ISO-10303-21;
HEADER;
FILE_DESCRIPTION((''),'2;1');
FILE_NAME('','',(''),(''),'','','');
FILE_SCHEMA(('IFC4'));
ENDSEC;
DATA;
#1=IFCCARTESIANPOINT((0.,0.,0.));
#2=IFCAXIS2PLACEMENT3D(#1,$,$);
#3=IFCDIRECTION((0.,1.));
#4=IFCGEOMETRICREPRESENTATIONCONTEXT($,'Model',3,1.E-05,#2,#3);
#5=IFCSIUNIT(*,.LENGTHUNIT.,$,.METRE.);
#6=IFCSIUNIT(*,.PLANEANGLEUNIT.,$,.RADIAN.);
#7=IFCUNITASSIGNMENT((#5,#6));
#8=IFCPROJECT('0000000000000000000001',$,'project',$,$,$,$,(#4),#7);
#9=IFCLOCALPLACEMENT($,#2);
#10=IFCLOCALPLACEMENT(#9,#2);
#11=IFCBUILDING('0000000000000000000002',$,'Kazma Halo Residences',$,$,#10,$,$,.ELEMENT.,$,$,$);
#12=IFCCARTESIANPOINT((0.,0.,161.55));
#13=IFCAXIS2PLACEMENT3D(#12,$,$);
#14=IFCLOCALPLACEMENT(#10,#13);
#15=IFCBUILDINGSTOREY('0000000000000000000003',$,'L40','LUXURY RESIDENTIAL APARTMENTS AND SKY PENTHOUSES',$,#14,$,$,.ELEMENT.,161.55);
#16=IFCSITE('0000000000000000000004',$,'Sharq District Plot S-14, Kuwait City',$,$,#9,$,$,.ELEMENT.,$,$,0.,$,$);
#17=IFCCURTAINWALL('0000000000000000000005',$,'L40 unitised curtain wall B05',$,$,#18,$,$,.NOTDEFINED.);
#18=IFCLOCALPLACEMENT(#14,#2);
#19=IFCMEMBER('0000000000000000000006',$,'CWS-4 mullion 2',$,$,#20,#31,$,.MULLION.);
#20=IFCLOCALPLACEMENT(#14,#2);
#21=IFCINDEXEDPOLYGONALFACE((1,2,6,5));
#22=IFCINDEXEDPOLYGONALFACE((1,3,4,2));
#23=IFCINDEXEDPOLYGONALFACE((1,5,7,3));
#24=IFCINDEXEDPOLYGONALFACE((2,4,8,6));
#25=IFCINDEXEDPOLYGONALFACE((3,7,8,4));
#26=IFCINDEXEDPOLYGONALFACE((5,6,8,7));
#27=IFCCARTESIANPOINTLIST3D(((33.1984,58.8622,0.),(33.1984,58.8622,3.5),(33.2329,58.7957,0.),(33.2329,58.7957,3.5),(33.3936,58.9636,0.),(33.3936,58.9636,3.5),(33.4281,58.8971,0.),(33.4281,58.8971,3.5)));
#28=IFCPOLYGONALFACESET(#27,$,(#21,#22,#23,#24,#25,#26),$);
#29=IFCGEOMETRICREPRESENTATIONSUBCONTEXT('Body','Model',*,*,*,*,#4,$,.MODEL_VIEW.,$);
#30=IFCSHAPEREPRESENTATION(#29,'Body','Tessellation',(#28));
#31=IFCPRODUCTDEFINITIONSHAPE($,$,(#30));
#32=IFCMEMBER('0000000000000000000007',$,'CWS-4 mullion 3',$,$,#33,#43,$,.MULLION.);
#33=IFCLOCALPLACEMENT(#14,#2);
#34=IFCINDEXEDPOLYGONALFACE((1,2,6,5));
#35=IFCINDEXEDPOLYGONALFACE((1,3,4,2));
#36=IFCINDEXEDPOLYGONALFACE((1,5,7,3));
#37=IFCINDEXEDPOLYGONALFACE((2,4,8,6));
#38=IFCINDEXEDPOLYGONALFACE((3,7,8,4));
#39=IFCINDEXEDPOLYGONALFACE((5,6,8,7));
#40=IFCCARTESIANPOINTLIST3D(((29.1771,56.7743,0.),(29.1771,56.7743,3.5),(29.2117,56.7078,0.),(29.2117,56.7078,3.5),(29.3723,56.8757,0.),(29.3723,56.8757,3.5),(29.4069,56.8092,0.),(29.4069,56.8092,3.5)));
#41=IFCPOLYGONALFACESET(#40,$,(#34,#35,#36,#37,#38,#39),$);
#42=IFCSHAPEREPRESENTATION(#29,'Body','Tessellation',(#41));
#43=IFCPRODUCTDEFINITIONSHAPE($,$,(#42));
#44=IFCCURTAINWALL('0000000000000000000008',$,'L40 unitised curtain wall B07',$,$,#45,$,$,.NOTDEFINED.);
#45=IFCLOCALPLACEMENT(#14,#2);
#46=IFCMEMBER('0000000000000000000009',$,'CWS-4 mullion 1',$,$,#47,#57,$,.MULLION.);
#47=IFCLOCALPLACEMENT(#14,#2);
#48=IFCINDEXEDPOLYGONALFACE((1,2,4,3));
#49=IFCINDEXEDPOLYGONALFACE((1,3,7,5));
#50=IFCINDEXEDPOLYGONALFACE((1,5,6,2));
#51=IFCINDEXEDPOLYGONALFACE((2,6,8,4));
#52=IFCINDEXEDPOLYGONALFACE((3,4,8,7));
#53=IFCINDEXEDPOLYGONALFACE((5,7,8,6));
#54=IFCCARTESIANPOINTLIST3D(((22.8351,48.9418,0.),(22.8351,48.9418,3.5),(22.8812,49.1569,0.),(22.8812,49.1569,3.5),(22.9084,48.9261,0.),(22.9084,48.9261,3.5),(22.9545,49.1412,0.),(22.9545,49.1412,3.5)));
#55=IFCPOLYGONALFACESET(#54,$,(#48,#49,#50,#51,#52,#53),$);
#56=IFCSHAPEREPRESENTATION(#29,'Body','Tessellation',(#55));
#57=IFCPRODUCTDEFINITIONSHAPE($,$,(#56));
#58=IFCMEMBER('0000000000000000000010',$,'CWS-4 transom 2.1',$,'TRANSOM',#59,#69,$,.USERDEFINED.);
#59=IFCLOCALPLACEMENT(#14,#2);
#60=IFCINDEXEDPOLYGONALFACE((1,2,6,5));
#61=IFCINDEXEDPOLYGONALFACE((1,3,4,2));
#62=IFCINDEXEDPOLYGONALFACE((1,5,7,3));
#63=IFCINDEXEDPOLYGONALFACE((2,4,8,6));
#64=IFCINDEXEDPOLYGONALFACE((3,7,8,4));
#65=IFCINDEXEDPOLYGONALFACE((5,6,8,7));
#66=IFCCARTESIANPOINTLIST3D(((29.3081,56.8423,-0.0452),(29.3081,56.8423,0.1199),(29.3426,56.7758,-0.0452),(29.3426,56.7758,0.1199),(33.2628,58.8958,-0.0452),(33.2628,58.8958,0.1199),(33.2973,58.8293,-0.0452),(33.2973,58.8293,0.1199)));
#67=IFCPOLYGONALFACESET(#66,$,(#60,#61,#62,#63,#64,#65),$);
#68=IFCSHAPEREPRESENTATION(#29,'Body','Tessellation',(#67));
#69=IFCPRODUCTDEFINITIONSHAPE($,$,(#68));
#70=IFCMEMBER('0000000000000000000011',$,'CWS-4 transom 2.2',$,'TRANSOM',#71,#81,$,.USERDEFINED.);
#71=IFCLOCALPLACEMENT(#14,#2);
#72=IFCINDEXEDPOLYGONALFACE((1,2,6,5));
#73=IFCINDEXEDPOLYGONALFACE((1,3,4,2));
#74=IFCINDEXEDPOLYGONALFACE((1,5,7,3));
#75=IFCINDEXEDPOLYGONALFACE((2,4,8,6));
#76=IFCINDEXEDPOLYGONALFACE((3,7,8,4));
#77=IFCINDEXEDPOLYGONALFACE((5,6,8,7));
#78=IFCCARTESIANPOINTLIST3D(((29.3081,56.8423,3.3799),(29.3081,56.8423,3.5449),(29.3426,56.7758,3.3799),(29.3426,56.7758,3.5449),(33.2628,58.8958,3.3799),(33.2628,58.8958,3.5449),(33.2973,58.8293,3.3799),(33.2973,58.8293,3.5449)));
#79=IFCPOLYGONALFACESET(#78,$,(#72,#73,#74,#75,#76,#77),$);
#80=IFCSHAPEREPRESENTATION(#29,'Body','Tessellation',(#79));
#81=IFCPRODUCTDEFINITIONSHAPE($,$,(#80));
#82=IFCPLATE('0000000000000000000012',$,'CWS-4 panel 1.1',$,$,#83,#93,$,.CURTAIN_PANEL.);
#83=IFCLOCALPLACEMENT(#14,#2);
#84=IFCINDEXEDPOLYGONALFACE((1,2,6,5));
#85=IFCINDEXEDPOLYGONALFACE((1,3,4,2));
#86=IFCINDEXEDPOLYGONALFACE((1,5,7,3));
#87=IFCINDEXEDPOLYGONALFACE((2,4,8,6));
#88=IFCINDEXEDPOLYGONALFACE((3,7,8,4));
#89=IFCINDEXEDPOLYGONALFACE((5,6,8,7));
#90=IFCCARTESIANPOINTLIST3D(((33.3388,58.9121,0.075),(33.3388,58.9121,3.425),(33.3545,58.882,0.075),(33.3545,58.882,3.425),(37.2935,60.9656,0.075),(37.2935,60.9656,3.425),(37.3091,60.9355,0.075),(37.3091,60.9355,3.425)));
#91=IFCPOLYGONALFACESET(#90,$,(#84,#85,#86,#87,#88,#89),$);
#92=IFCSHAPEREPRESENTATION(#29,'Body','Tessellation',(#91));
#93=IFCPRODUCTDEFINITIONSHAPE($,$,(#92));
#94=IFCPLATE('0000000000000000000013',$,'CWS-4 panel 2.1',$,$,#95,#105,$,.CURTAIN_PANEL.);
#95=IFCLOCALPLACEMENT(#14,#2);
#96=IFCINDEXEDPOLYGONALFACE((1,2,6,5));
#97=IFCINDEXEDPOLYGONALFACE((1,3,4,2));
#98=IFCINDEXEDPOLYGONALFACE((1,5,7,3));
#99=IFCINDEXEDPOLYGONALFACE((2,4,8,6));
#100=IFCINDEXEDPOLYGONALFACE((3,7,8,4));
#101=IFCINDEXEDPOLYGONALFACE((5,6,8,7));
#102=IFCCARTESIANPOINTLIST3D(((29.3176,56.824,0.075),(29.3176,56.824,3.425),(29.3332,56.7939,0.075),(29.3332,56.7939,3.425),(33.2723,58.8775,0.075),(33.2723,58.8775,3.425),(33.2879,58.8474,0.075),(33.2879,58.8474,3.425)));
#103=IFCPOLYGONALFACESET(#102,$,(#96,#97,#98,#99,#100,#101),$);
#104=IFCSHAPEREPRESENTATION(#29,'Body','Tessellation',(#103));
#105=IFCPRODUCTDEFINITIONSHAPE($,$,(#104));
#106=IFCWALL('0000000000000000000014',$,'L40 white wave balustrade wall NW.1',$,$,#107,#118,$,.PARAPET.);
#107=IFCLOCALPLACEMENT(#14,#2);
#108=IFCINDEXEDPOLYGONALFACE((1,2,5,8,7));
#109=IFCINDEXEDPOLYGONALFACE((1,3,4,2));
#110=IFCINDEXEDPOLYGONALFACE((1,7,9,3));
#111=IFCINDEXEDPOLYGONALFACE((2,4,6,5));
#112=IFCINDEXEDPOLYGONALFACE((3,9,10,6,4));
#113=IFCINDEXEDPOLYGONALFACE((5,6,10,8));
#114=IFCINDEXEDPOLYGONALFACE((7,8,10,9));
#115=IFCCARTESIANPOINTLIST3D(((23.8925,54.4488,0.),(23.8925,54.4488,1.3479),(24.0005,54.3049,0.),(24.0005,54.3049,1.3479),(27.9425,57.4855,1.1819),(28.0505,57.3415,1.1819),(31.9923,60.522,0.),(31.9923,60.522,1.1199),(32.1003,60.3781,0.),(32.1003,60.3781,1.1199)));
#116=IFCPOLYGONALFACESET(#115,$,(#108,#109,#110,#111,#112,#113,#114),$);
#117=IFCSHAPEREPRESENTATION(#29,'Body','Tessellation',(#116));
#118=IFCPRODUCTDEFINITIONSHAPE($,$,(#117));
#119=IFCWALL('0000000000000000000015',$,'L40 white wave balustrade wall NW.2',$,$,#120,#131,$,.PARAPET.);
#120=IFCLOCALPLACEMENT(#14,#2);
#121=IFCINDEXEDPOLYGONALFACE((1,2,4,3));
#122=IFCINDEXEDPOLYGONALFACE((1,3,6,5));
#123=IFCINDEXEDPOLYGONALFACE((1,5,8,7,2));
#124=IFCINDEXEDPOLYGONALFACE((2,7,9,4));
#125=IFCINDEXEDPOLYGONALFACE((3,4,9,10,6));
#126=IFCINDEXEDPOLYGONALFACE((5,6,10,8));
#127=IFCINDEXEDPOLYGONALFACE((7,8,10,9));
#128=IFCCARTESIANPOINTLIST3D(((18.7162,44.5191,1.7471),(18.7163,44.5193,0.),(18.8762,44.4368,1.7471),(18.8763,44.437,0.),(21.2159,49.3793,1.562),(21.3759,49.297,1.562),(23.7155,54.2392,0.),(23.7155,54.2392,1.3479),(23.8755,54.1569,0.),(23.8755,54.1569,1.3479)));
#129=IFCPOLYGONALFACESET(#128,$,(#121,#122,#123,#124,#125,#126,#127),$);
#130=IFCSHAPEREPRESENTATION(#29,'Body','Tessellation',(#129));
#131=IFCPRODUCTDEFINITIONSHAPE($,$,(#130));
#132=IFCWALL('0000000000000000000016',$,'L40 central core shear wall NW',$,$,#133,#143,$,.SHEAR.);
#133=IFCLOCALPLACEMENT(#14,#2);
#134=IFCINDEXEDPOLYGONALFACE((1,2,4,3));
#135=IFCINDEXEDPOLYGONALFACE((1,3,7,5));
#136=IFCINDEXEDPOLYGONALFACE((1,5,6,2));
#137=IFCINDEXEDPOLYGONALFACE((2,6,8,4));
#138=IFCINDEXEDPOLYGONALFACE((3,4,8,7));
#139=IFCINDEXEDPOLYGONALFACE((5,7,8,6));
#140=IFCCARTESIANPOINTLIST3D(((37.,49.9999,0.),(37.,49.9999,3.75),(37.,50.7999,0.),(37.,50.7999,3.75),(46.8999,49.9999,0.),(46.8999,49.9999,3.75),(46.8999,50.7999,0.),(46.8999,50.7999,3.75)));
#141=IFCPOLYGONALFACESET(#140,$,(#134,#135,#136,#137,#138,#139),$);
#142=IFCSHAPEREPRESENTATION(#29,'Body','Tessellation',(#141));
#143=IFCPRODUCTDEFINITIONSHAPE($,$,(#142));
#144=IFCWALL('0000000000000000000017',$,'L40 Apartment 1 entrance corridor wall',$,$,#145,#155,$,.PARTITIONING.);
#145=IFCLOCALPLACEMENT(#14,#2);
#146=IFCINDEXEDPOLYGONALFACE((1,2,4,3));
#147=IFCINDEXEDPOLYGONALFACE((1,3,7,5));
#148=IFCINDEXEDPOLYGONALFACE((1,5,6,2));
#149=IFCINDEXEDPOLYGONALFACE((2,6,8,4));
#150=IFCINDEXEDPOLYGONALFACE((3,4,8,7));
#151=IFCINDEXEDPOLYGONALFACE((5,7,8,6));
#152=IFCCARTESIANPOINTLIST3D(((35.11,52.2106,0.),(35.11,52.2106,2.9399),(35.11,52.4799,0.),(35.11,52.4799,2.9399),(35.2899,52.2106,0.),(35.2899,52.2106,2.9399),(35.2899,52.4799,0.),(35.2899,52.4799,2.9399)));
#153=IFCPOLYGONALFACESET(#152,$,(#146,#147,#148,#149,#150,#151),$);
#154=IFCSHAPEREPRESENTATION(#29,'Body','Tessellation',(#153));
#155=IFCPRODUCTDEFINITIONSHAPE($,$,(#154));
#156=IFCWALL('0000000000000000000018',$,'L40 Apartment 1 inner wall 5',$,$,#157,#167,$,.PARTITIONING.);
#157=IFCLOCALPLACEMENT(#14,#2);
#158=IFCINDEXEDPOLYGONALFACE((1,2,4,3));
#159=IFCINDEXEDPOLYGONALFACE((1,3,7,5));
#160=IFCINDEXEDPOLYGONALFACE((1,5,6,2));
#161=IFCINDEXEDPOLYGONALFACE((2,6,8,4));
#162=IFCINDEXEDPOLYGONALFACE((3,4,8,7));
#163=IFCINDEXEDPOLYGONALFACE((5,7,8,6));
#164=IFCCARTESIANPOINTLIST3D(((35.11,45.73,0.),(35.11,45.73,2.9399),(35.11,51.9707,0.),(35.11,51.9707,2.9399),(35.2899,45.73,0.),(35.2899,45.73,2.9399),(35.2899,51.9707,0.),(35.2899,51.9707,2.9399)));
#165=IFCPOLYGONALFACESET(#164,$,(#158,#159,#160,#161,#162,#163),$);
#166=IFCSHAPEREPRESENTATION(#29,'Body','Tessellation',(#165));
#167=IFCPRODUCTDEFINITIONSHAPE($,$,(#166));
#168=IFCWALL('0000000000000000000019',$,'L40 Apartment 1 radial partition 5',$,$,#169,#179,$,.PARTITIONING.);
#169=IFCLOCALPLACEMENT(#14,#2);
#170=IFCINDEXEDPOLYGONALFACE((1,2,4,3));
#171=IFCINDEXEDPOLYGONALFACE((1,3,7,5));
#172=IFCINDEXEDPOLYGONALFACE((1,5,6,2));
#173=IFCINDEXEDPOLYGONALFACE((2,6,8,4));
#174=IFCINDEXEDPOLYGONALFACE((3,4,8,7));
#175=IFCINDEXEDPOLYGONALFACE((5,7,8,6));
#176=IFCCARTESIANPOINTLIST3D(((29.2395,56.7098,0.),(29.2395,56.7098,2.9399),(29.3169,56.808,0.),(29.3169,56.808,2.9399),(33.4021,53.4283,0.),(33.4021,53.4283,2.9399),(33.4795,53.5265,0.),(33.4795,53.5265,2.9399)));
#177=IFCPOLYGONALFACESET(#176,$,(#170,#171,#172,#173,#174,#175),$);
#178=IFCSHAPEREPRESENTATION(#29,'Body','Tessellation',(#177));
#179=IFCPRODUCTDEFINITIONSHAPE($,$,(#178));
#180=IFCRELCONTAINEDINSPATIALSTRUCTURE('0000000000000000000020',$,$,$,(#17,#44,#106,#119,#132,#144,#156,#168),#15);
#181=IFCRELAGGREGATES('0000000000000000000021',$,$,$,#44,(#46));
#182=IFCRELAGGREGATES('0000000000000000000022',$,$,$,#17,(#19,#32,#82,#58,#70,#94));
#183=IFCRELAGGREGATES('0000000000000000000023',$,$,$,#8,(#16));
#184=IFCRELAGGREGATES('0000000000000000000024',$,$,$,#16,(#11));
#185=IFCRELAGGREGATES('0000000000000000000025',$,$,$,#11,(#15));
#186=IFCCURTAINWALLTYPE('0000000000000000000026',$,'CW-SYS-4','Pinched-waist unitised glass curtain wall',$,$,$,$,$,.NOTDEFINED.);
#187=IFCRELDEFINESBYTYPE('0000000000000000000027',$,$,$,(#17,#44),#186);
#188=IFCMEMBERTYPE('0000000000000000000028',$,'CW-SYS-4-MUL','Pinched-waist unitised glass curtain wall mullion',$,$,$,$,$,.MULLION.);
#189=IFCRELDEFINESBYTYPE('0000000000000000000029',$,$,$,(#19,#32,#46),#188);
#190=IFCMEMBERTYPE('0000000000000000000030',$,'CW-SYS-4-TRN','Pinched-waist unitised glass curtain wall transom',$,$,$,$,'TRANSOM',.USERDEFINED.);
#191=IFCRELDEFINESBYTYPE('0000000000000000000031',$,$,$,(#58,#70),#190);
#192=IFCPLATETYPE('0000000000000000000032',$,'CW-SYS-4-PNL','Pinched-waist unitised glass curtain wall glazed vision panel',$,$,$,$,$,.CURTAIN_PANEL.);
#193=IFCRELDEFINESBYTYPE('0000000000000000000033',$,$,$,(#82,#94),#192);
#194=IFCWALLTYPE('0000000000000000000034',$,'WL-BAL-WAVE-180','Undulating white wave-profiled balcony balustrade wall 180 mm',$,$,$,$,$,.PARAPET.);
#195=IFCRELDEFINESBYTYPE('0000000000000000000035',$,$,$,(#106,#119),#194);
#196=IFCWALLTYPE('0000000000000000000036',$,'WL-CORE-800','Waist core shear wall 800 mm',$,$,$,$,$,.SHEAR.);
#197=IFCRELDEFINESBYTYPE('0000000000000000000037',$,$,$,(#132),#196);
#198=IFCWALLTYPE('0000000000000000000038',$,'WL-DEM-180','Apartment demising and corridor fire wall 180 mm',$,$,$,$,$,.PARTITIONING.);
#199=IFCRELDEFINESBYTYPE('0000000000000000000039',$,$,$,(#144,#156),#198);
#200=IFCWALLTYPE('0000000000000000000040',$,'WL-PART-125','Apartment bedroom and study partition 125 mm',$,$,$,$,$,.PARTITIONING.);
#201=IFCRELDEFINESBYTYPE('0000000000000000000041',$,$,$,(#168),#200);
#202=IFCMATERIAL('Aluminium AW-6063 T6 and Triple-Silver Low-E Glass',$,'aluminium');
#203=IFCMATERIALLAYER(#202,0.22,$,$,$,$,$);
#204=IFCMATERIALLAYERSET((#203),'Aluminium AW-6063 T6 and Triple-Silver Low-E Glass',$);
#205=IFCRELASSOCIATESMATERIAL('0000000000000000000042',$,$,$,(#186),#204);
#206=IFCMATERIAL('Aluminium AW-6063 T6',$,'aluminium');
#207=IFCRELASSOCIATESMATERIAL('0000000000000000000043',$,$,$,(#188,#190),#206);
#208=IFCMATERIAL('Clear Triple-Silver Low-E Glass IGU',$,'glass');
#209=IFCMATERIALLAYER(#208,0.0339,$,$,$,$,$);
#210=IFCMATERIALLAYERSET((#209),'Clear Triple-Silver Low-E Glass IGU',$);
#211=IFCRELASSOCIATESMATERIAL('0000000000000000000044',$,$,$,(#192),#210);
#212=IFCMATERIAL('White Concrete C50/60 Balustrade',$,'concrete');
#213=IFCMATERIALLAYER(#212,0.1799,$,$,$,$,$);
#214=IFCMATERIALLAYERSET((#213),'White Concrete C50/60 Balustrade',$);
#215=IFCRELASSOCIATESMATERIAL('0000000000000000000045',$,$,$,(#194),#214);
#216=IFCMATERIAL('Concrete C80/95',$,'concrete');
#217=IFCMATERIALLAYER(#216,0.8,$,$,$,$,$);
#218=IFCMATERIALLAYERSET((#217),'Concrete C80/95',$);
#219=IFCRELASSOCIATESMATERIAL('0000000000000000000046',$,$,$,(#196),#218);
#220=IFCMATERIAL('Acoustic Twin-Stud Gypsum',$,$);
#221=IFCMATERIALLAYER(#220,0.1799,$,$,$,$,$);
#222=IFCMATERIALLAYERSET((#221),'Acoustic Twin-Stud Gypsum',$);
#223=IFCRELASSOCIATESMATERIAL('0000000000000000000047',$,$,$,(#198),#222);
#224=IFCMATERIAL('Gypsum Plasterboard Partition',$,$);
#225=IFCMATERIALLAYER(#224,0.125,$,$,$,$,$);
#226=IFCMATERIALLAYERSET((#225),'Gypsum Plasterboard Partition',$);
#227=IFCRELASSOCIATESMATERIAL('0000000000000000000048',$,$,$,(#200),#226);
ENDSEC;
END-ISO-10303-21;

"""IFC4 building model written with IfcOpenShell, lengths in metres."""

from ifc_helpers import new_model, si_unit, direction, frame, frame_2d, origin, origin_2d, place, context, subcontext, project, spatial, polyline, rectangle, outline, extrude, material, layer, layer_set, material_profile, profile_set, type_object, element, aggregate, save


model = new_model("IFC4")

# Units and contexts
model_context = context("Model", 3, precision=1e-05, world=origin(), true_north=direction((0.0, 1.0)))
body_context = subcontext(model_context, "Body", "Model", "MODEL_VIEW")
ifc_project = project(units=[si_unit("LENGTHUNIT", "METRE"), si_unit("PLANEANGLEUNIT", "RADIAN")], contexts=[model_context])

# Site, building, storey
site_placement = place(None, origin())
site = spatial("IfcSite", under=ifc_project, at=site_placement, Name="Sharq District Plot S-14, Kuwait City", CompositionType="ELEMENT", RefElevation=0.0)
building_placement = place(site_placement, origin())
building = spatial("IfcBuilding", under=site, at=building_placement, Name="Kazma Halo Residences", CompositionType="ELEMENT")
storey_placement = place(building_placement, frame((0.0, 0.0, 161.55)))
storey = spatial("IfcBuildingStorey", under=building, at=storey_placement, Name="L40", Description="LUXURY RESIDENTIAL APARTMENTS AND SKY PENTHOUSES", CompositionType="ELEMENT", Elevation=161.55)

# Shared definitions
ifc_material_1 = material(Name="Concrete C80/95", Category="concrete")

# Curtain wall, members
ifc_material_2 = material(Name="Aluminium AW-6063 T6 and Triple-Silver Low-E Glass", Category="aluminium")
ifc_layer_1 = layer(ifc_material_2, 0.22)
ifc_layer_set_1 = layer_set([ifc_layer_1], Name="Aluminium AW-6063 T6 and Triple-Silver Low-E Glass")
curtain_wall_type = type_object("IfcCurtainWallType", Name="CW-SYS-4", Description="Pinched-waist unitised glass curtain wall", PredefinedType="NOTDEFINED", material=ifc_layer_set_1)
curtain_wall_1_placement = place(storey_placement, origin())
curtain_wall_1 = element("IfcCurtainWall", 1, at=curtain_wall_1_placement, inside=storey, type_object=curtain_wall_type, Name="L40 unitised curtain wall B05", PredefinedType="NOTDEFINED")
ifc_material_3 = material(Name="Aluminium AW-6063 T6", Category="aluminium")
ifc_material_profile_1 = material_profile(ifc_material_3, rectangle(XDim=0.075, YDim=0.22, at=origin_2d()), Name="CWM-75x220")
ifc_profile_set_1 = profile_set([ifc_material_profile_1], Name="Aluminium AW-6063 T6")
member_type_1 = type_object("IfcMemberType", Name="CW-SYS-4-MUL", Description="Pinched-waist unitised glass curtain wall mullion", PredefinedType="MULLION", material=ifc_profile_set_1)
member_1_placement = place(storey_placement, frame((33.3132, 58.8796, 0.0), z_axis=(0.0, 0.0, 1.0), x_axis=(0.460837, -0.887485, 0.0)))
member_1 = element("IfcMember", 2, at=member_1_placement, type_object=member_type_1, Name="CWS-4 mullion 2", PredefinedType="MULLION", context=body_context, shape_type="SweptSolid", body=[
    extrude(rectangle(XDim=0.075, YDim=0.22, at=origin_2d()), origin(), (0.0, 0.0, 1.0), 3.5),
])
member_2_placement = place(storey_placement, frame((29.292, 56.7917, 0.0), z_axis=(0.0, 0.0, 1.0), x_axis=(0.460837, -0.887485, 0.0)))
member_2 = element("IfcMember", 3, at=member_2_placement, type_object=member_type_1, Name="CWS-4 mullion 3", PredefinedType="MULLION", context=body_context, shape_type="SweptSolid", body=[
    extrude(rectangle(XDim=0.075, YDim=0.22, at=origin_2d()), origin(), (0.0, 0.0, 1.0), 3.5),
])

# Curtain wall, member
curtain_wall_2_placement = place(storey_placement, origin())
curtain_wall_2 = element("IfcCurtainWall", 4, at=curtain_wall_2_placement, inside=storey, type_object=curtain_wall_type, Name="L40 unitised curtain wall B07", PredefinedType="NOTDEFINED")
member_3_placement = place(storey_placement, frame((22.8948, 49.0415, 0.0), z_axis=(0.0, 0.0, 1.0), x_axis=(0.977765, -0.209704, 0.0)))
member_3 = element("IfcMember", 5, at=member_3_placement, type_object=member_type_1, Name="CWS-4 mullion 1", PredefinedType="MULLION", context=body_context, shape_type="SweptSolid", body=[
    extrude(rectangle(XDim=0.075, YDim=0.22, at=origin_2d()), origin(), (0.0, 0.0, 1.0), 3.5),
])
aggregate(curtain_wall_2, [member_3])

# Members
ifc_material_profile_2 = material_profile(ifc_material_3, rectangle(XDim=0.075, YDim=0.165, at=origin_2d()), Name="CWT-75x165")
ifc_profile_set_2 = profile_set([ifc_material_profile_2], Name="Aluminium AW-6063 T6")
member_type_2 = type_object("IfcMemberType", Name="CW-SYS-4-TRN", Description="Pinched-waist unitised glass curtain wall transom", ElementType="TRANSOM", PredefinedType="USERDEFINED", material=ifc_profile_set_2)
member_4_placement = place(storey_placement, frame((33.28, 58.8625, 0.0374), z_axis=(-0.887485, -0.460837, 0.0), x_axis=(0.460837, -0.887485, 0.0)))
member_4 = element("IfcMember", 6, at=member_4_placement, type_object=member_type_2, Name="CWS-4 transom 2.1", ObjectType="TRANSOM", PredefinedType="USERDEFINED", context=body_context, shape_type="SweptSolid", body=[
    extrude(rectangle(XDim=0.075, YDim=0.165, at=origin_2d()), origin(), (0.0, 0.0, 1.0), 4.4561),
])
member_5_placement = place(storey_placement, frame((33.28, 58.8625, 3.4624), z_axis=(-0.887485, -0.460837, 0.0), x_axis=(0.460837, -0.887485, 0.0)))
member_5 = element("IfcMember", 7, at=member_5_placement, type_object=member_type_2, Name="CWS-4 transom 2.2", ObjectType="TRANSOM", PredefinedType="USERDEFINED", context=body_context, shape_type="SweptSolid", body=[
    extrude(rectangle(XDim=0.075, YDim=0.165, at=origin_2d()), origin(), (0.0, 0.0, 1.0), 4.4561),
])

# Plates
ifc_material_4 = material(Name="Clear Triple-Silver Low-E Glass IGU", Category="glass")
ifc_layer_2 = layer(ifc_material_4, 0.0339)
ifc_layer_set_2 = layer_set([ifc_layer_2], Name="Clear Triple-Silver Low-E Glass IGU")
plate_type = type_object("IfcPlateType", Name="CW-SYS-4-PNL", Description="Pinched-waist unitised glass curtain wall glazed vision panel", PredefinedType="CURTAIN_PANEL", material=ifc_layer_set_2)
plate_1_placement = place(storey_placement, frame((35.324, 59.9238, 0.075), z_axis=(0.0, 0.0, 1.0), x_axis=(-0.887485, -0.460837, 0.0)))
plate_1 = element("IfcPlate", 8, at=plate_1_placement, type_object=plate_type, Name="CWS-4 panel 1.1", PredefinedType="CURTAIN_PANEL", context=body_context, shape_type="SweptSolid", body=[
    extrude(rectangle(XDim=4.4561, YDim=0.0339, at=origin_2d()), origin(), (0.0, 0.0, 1.0), 3.3501),
])
plate_2_placement = place(storey_placement, frame((31.3027, 57.8357, 0.075), z_axis=(0.0, 0.0, 1.0), x_axis=(-0.887485, -0.460837, 0.0)))
plate_2 = element("IfcPlate", 9, at=plate_2_placement, type_object=plate_type, Name="CWS-4 panel 2.1", PredefinedType="CURTAIN_PANEL", context=body_context, shape_type="SweptSolid", body=[
    extrude(rectangle(XDim=4.4561, YDim=0.0339, at=origin_2d()), origin(), (0.0, 0.0, 1.0), 3.3501),
])
aggregate(curtain_wall_1, [member_1, member_2, plate_1, member_4, member_5, plate_2])

# Walls
ifc_material_5 = material(Name="White Concrete C50/60 Balustrade", Category="concrete")
ifc_layer_3 = layer(ifc_material_5, 0.1799)
ifc_layer_set_3 = layer_set([ifc_layer_3], Name="White Concrete C50/60 Balustrade")
wall_type_1 = type_object("IfcWallType", Name="WL-BAL-WAVE-180", Description="Undulating white wave-profiled balcony balustrade wall 180 mm", PredefinedType="PARAPET", material=ifc_layer_set_3)
wall_1_placement = place(storey_placement, frame((32.0464, 60.45, 0.0), z_axis=(0.0, 0.0, 1.0), x_axis=(-0.800078, -0.599896, 0.0)))
element("IfcWall", 10, at=wall_1_placement, inside=storey, type_object=wall_type_1, Name="L40 white wave balustrade wall NW.1", PredefinedType="PARAPET", context=body_context, shape_type="SweptSolid", body=[
    extrude(outline(polyline([(0.0, 0.0), (10.1238, 0.0), (10.1238, 1.3479), (5.0618, 1.1819), (0.0, 1.1199), (0.0, 0.0)])), frame((0.0, 0.0898, 0.0), z_axis=(0.0, -1.0, 0.0), x_axis=(1.0, 0.0, 0.0)), (0.0, 0.0, 1.0), 0.1799),
])
wall_2_placement = place(storey_placement, frame((23.7957, 54.198, 0.0), z_axis=(0.0, 0.0, 1.0), x_axis=(-0.457379, -0.889272, 0.0)))
element("IfcWall", 11, at=wall_2_placement, inside=storey, type_object=wall_type_1, Name="L40 white wave balustrade wall NW.2", PredefinedType="PARAPET", context=body_context, shape_type="SweptSolid", body=[
    extrude(outline(polyline([(0.0, 0.0), (10.9302, 0.0), (10.9304, 1.7471), (5.4651, 1.562), (0.0, 1.3479), (0.0, 0.0)])), frame((0.0, 0.0898, 0.0), z_axis=(0.0, -1.0, 0.0), x_axis=(1.0, 0.0, 0.0)), (0.0, 0.0, 1.0), 0.1799),
])
ifc_layer_4 = layer(ifc_material_1, 0.8)
ifc_layer_set_4 = layer_set([ifc_layer_4], Name="Concrete C80/95")
wall_type_2 = type_object("IfcWallType", Name="WL-CORE-800", Description="Waist core shear wall 800 mm", PredefinedType="SHEAR", material=ifc_layer_set_4)
wall_3_placement = place(storey_placement, frame((37.0, 50.3999, 0.0), z_axis=(0.0, 0.0, 1.0), x_axis=(1.0, 0.0, 0.0)))
element("IfcWall", 12, at=wall_3_placement, inside=storey, type_object=wall_type_2, Name="L40 central core shear wall NW", PredefinedType="SHEAR", context=body_context, shape_type="SweptSolid", body=[
    extrude(rectangle(XDim=9.8999, YDim=0.8, at=frame_2d((4.95, 0.0))), origin(), (0.0, 0.0, 1.0), 3.75),
])
ifc_material_6 = material(Name="Acoustic Twin-Stud Gypsum")
ifc_layer_5 = layer(ifc_material_6, 0.1799)
ifc_layer_set_5 = layer_set([ifc_layer_5], Name="Acoustic Twin-Stud Gypsum")
wall_type_3 = type_object("IfcWallType", Name="WL-DEM-180", Description="Apartment demising and corridor fire wall 180 mm", PredefinedType="PARTITIONING", material=ifc_layer_set_5)
wall_4_placement = place(storey_placement, frame((35.2, 52.48, 0.0), z_axis=(0.0, 0.0, 1.0), x_axis=(0.0, -1.0, 0.0)))
element("IfcWall", 13, at=wall_4_placement, inside=storey, type_object=wall_type_3, Name="L40 Apartment 1 entrance corridor wall", PredefinedType="PARTITIONING", context=body_context, shape_type="SweptSolid", body=[
    extrude(rectangle(XDim=0.2693, YDim=0.1799, at=frame_2d((0.1348, 0.0))), origin(), (0.0, 0.0, 1.0), 2.9399),
])
wall_5_placement = place(storey_placement, frame((35.2, 51.9707, 0.0), z_axis=(0.0, 0.0, 1.0), x_axis=(0.0, -1.0, 0.0)))
element("IfcWall", 14, at=wall_5_placement, inside=storey, type_object=wall_type_3, Name="L40 Apartment 1 inner wall 5", PredefinedType="PARTITIONING", context=body_context, shape_type="SweptSolid", body=[
    extrude(rectangle(XDim=6.2407, YDim=0.1799, at=frame_2d((3.1204, 0.0))), origin(), (0.0, 0.0, 1.0), 2.9399),
])

# Wall
ifc_material_7 = material(Name="Gypsum Plasterboard Partition")
ifc_layer_6 = layer(ifc_material_7, 0.125)
ifc_layer_set_6 = layer_set([ifc_layer_6], Name="Gypsum Plasterboard Partition")
wall_type_4 = type_object("IfcWallType", Name="WL-PART-125", Description="Apartment bedroom and study partition 125 mm", PredefinedType="PARTITIONING", material=ifc_layer_set_6)
wall_6_placement = place(storey_placement, frame((33.4409, 53.4773, 0.0), z_axis=(0.0, 0.0, 1.0), x_axis=(-0.78532, 0.61909, 0.0)))
element("IfcWall", 15, at=wall_6_placement, inside=storey, type_object=wall_type_4, Name="L40 Apartment 1 radial partition 5", PredefinedType="PARTITIONING", context=body_context, shape_type="SweptSolid", body=[
    extrude(rectangle(XDim=5.3005, YDim=0.125, at=frame_2d((2.6504, 0.0))), origin(), (0.0, 0.0, 1.0), 2.9399),
])

save(model, "model.ifc")
